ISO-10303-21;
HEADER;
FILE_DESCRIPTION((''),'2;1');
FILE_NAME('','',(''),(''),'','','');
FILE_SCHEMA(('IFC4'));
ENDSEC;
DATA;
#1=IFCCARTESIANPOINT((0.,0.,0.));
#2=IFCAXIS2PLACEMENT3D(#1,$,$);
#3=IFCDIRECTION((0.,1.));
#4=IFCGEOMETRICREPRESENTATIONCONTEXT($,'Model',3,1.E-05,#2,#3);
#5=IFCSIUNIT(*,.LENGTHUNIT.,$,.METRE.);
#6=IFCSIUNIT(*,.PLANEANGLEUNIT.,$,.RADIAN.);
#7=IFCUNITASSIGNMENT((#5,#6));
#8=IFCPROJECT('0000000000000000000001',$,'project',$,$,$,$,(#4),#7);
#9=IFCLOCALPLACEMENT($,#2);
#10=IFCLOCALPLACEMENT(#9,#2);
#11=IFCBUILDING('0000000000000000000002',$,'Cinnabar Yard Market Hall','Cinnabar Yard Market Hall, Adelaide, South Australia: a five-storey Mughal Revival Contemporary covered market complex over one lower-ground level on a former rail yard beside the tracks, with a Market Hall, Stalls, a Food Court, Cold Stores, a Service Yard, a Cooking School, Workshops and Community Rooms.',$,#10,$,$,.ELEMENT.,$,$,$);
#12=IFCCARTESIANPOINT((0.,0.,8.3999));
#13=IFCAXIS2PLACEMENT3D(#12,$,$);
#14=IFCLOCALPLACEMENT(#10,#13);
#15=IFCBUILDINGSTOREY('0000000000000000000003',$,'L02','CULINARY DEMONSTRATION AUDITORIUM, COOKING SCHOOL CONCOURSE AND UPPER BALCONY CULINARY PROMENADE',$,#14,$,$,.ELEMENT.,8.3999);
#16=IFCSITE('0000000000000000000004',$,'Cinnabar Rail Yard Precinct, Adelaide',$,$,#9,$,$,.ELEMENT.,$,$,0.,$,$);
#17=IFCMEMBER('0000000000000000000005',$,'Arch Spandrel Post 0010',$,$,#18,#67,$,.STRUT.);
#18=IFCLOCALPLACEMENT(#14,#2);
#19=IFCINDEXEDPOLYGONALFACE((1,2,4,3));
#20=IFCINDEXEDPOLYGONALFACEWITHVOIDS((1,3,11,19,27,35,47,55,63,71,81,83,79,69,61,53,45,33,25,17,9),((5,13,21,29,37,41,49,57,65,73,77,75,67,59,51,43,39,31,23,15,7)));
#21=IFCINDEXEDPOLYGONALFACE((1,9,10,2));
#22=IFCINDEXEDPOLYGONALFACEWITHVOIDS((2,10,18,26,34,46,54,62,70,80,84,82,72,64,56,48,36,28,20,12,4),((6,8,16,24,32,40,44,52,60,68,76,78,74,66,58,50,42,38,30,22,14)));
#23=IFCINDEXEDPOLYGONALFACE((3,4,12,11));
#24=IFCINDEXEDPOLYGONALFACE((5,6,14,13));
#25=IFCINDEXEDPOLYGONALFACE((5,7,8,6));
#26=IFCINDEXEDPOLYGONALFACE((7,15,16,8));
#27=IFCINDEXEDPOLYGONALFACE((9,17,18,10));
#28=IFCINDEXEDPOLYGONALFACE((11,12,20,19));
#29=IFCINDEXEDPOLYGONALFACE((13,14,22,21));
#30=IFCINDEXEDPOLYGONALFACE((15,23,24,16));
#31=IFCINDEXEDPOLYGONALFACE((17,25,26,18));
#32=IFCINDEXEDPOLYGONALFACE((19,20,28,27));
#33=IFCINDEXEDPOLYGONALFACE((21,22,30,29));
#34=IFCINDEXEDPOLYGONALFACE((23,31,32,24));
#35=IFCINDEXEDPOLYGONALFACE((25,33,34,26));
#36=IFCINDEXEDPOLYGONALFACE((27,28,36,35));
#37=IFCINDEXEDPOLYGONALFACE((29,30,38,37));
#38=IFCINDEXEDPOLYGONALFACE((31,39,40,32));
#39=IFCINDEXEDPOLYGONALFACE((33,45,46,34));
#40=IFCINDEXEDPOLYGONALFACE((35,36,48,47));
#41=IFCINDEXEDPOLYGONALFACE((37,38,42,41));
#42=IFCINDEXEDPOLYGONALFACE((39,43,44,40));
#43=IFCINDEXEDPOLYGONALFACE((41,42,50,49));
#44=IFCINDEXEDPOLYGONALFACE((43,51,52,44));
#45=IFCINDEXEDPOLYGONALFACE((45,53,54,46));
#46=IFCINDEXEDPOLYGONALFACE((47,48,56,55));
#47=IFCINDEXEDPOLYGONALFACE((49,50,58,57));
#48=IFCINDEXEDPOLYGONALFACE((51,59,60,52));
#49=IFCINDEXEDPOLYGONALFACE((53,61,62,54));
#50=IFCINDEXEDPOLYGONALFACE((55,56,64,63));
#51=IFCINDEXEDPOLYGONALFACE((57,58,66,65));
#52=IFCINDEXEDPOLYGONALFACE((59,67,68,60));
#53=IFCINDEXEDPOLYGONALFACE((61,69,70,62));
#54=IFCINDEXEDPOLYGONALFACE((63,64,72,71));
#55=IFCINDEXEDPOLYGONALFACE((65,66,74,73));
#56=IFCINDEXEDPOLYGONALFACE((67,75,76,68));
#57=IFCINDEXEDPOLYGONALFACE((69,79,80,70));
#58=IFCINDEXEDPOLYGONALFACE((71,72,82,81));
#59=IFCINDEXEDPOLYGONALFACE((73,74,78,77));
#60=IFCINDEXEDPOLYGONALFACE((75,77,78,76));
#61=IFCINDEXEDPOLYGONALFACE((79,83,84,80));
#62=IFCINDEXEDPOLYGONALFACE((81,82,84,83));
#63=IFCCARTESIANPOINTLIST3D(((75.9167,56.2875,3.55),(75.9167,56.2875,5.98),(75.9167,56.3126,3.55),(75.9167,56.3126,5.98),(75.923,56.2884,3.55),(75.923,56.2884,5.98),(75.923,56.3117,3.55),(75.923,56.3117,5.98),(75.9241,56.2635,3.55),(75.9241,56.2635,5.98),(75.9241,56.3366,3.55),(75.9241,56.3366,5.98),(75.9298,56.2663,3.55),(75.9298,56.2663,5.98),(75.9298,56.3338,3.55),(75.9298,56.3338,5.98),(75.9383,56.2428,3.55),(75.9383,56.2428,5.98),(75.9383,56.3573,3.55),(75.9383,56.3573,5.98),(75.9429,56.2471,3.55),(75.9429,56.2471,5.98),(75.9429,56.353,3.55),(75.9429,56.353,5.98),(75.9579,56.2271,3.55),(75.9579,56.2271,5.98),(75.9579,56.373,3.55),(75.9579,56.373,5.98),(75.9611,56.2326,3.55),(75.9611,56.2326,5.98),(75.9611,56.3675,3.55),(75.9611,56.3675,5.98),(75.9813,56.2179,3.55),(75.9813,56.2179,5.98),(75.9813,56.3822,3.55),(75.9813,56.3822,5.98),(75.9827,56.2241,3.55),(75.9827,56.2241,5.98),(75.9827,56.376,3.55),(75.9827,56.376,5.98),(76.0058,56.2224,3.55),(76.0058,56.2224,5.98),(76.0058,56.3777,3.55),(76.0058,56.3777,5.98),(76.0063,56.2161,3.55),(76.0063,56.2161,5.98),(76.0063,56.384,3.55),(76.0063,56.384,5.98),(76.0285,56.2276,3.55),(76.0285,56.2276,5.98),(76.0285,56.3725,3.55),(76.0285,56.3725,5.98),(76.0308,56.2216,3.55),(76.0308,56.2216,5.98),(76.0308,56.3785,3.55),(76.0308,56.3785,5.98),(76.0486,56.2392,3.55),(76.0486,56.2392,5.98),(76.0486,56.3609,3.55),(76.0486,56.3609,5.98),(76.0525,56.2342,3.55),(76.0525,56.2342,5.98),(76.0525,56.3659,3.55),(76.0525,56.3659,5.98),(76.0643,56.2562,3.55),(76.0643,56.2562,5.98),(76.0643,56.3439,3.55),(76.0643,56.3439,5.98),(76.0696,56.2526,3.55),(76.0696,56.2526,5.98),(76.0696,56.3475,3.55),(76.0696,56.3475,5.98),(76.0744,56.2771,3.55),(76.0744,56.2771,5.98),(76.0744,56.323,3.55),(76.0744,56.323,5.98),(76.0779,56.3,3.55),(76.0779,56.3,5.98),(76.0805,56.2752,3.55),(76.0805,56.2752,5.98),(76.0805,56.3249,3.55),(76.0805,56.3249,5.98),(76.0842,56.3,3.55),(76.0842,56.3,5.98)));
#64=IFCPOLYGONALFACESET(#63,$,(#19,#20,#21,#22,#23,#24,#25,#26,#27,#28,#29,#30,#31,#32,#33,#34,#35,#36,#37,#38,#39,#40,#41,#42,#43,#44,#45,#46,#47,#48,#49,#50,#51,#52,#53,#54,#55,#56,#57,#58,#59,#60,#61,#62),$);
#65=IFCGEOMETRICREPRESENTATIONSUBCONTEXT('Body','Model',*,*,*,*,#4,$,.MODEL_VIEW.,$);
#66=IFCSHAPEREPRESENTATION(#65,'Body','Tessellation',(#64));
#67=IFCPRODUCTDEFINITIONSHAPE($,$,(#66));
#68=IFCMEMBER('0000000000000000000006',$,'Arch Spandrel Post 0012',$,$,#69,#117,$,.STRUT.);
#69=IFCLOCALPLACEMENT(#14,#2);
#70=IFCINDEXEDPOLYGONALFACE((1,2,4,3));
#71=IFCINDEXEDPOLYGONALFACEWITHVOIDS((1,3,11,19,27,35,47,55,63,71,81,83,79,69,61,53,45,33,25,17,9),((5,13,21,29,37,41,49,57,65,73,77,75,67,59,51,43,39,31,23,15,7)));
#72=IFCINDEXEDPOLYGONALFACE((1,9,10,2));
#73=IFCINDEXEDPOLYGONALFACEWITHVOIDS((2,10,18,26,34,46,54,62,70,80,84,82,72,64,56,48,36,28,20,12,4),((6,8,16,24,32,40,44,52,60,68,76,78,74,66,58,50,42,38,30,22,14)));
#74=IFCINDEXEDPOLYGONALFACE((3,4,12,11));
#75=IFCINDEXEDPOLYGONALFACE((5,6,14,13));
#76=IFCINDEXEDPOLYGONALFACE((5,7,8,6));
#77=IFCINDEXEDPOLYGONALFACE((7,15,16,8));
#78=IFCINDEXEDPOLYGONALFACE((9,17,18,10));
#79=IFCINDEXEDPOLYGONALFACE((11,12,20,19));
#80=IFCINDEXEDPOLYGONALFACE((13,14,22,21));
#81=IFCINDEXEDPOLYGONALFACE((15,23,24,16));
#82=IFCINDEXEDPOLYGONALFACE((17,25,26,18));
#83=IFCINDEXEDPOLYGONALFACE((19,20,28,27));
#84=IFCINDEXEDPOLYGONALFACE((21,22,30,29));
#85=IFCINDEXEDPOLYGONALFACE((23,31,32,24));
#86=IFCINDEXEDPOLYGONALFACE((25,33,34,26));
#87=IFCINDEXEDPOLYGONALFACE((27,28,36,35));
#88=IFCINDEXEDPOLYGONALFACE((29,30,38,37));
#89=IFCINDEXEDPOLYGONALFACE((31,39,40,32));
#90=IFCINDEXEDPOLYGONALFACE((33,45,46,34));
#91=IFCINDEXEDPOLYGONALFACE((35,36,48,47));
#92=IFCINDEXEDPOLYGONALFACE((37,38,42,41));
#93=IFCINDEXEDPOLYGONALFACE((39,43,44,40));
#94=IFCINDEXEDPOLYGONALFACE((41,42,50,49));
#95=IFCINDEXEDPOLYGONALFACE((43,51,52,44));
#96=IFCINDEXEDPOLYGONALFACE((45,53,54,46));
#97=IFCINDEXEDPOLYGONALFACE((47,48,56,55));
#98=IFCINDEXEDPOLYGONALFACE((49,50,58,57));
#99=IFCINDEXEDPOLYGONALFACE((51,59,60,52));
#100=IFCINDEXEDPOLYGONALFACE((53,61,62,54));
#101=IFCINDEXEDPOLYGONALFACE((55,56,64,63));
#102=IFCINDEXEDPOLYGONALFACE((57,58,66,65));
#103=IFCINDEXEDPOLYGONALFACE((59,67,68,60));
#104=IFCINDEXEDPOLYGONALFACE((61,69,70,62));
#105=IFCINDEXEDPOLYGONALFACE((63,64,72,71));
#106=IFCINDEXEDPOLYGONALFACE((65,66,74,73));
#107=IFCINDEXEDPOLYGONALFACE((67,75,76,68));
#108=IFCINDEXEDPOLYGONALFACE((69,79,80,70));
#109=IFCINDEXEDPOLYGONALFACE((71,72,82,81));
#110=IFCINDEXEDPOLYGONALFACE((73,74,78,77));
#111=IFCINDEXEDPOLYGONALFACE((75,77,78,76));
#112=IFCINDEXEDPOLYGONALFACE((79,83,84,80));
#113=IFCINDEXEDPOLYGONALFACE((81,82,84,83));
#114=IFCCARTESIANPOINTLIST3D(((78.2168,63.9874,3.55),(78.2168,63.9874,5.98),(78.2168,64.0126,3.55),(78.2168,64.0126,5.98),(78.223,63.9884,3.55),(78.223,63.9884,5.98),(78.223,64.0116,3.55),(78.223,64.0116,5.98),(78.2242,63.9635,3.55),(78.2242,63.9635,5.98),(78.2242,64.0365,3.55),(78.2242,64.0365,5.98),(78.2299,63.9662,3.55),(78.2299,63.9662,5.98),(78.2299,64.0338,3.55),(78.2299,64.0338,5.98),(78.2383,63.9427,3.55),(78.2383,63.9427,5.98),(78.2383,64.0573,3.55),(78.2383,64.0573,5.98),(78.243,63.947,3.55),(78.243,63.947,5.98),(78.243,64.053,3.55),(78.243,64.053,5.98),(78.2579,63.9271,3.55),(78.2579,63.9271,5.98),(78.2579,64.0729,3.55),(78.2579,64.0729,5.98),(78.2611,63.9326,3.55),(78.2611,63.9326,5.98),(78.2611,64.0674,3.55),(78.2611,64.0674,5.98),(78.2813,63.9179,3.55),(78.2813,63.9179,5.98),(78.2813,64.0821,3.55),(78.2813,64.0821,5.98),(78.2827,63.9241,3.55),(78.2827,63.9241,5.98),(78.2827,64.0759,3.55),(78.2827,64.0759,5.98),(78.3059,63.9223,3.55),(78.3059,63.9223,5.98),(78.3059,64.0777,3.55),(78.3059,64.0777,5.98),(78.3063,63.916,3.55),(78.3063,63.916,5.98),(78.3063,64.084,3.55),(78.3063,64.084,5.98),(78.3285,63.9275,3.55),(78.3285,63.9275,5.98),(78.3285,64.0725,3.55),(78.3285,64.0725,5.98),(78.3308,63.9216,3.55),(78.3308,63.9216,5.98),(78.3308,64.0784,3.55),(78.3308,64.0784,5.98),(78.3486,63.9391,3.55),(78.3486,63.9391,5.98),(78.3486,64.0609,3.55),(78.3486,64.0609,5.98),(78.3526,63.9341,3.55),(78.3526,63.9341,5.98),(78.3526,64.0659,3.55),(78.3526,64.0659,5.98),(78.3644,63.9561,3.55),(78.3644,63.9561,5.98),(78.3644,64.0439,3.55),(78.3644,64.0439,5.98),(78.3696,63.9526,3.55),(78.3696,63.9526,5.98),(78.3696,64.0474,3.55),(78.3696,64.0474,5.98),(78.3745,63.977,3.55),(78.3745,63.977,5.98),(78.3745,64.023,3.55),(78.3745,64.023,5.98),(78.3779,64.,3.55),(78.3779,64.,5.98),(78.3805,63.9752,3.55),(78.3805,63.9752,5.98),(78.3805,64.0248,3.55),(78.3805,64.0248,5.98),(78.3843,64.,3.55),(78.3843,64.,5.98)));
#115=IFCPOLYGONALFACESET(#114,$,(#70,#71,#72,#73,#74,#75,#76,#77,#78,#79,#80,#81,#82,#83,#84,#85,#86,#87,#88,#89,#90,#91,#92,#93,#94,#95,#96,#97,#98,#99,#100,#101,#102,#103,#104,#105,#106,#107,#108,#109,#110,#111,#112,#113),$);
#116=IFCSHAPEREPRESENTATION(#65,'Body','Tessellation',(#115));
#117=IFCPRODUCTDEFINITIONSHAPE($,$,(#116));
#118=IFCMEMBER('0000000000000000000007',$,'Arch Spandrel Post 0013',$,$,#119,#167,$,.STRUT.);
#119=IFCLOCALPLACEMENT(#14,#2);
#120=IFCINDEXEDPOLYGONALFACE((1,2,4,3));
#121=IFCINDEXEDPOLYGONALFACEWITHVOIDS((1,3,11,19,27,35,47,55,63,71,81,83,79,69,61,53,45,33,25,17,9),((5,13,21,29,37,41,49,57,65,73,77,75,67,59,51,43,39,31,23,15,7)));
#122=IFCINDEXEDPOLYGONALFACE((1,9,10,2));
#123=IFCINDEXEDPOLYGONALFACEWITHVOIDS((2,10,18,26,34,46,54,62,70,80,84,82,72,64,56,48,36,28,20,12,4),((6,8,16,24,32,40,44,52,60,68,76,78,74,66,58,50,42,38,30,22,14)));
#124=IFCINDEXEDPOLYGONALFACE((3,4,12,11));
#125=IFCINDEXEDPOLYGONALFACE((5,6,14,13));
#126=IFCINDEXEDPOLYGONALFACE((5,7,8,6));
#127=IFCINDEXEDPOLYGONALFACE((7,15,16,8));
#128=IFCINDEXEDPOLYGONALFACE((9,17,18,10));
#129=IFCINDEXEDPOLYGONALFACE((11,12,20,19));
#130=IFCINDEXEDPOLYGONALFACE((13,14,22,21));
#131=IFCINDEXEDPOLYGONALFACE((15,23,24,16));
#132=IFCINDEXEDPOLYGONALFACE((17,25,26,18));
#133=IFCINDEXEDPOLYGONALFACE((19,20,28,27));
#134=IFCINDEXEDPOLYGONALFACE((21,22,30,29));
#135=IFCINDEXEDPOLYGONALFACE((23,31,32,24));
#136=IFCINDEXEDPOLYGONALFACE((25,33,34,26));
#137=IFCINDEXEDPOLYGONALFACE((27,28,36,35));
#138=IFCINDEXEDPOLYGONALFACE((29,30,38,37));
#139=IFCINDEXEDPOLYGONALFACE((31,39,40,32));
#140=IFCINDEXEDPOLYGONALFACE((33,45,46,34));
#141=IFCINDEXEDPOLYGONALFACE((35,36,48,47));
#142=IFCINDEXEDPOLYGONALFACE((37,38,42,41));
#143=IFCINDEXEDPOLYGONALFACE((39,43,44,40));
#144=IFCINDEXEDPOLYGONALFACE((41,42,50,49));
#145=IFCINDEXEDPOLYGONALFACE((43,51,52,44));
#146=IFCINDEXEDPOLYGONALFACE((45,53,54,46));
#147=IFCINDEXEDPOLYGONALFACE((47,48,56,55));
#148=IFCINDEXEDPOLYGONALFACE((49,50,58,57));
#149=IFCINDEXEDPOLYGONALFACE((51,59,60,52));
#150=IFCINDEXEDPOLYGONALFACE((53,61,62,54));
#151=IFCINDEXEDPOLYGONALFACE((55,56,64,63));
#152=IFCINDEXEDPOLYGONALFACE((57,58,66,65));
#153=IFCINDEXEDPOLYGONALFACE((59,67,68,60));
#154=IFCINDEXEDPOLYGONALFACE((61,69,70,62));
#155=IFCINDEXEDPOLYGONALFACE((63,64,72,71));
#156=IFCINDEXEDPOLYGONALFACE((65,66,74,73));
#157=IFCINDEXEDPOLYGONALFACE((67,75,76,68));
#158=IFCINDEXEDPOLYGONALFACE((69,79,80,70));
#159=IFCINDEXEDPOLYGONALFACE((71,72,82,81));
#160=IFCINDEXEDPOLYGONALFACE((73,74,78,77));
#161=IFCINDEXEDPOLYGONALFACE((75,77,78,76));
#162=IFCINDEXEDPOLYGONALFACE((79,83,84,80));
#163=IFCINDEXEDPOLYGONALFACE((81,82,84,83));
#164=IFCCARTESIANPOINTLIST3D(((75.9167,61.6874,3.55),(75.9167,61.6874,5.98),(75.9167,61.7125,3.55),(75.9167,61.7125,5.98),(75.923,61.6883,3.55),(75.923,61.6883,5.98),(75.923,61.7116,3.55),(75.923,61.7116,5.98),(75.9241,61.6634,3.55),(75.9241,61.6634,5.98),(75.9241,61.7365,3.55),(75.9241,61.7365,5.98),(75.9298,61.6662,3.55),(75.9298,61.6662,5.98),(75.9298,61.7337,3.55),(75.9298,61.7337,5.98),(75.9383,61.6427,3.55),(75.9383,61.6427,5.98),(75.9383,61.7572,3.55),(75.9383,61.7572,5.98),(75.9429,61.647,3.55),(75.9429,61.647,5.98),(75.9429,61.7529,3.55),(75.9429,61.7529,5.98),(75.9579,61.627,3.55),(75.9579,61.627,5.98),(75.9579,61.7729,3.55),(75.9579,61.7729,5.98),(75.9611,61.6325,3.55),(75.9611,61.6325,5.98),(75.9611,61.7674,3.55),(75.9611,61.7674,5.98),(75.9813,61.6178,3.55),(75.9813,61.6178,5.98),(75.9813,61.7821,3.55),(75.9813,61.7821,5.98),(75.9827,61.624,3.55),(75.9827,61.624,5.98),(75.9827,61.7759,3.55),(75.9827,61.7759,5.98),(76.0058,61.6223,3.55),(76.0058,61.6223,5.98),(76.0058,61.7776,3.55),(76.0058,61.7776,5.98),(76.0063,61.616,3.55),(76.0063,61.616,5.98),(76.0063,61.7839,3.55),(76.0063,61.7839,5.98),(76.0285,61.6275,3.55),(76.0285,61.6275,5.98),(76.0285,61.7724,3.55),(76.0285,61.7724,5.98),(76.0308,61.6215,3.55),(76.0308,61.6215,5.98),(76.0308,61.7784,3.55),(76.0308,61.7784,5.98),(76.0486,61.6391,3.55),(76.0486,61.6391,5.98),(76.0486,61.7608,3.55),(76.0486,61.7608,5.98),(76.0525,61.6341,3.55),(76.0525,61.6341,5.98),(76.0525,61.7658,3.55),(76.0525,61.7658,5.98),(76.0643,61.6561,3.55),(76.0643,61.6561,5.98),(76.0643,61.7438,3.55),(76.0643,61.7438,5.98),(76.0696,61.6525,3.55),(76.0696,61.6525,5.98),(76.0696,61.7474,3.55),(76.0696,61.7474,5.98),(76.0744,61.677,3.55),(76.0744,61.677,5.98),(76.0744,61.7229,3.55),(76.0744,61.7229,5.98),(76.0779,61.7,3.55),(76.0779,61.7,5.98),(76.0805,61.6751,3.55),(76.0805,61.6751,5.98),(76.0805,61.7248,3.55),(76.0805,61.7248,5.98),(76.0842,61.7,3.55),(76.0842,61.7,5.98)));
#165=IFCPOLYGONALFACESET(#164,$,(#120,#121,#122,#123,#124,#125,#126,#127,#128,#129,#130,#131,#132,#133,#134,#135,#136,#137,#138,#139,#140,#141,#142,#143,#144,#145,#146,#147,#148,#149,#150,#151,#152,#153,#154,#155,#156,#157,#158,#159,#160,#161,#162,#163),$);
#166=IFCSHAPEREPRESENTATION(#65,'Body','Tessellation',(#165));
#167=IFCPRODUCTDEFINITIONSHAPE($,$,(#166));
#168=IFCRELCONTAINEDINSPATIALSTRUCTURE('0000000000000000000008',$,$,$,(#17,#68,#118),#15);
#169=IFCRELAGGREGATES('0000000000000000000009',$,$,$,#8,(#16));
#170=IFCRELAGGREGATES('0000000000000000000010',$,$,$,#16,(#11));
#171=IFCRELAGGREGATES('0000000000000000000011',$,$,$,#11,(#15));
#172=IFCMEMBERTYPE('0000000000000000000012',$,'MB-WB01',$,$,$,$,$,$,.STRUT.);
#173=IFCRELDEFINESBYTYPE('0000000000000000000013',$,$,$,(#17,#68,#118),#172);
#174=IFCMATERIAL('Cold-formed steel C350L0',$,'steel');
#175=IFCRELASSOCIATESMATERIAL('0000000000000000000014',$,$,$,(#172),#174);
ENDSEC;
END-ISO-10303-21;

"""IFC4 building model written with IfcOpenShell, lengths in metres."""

from ifc_helpers import new_model, si_unit, direction, frame, origin, origin_2d_with_axis, place, context, subcontext, project, spatial, hollow_circle, extrude, material, material_profile, profile_set, type_object, element, save


model = new_model("IFC4")

# Units and contexts
model_context = context("Model", 3, precision=1e-05, world=origin(), true_north=direction((0.0, 1.0)))
body_context = subcontext(model_context, "Body", "Model", "MODEL_VIEW")
ifc_project = project(units=[si_unit("LENGTHUNIT", "METRE"), si_unit("PLANEANGLEUNIT", "RADIAN")], contexts=[model_context])

# Site, building, storey
site_placement = place(None, origin())
site = spatial("IfcSite", under=ifc_project, at=site_placement, Name="Cinnabar Rail Yard Precinct, Adelaide", CompositionType="ELEMENT", RefElevation=0.0)
building_placement = place(site_placement, origin())
building = spatial("IfcBuilding", under=site, at=building_placement, Name="Cinnabar Yard Market Hall", Description="Cinnabar Yard Market Hall, Adelaide, South Australia: a five-storey Mughal Revival Contemporary covered market complex over one lower-ground level on a former rail yard beside the tracks, with a Market Hall, Stalls, a Food Court, Cold Stores, a Service Yard, a Cooking School, Workshops and Community Rooms.", CompositionType="ELEMENT")
storey_placement = place(building_placement, frame((0.0, 0.0, 8.3999)))
storey = spatial("IfcBuildingStorey", under=building, at=storey_placement, Name="L02", Description="CULINARY DEMONSTRATION AUDITORIUM, COOKING SCHOOL CONCOURSE AND UPPER BALCONY CULINARY PROMENADE", CompositionType="ELEMENT", Elevation=8.3999)

# Members
ifc_material_1 = material(Name="Cold-formed steel C350L0", Category="steel")
ifc_material_profile_1 = material_profile(ifc_material_1, hollow_circle(Radius=0.0842, WallThickness=0.0063, at=origin_2d_with_axis()), Name="168.3x6.4CHS")
ifc_profile_set_1 = profile_set([ifc_material_profile_1], Name="Cold-formed steel C350L0")
member_type_1 = type_object("IfcMemberType", Name="MB-WB01", PredefinedType="STRUT", material=ifc_profile_set_1)
for number, where, z_axis, x_axis, name in (
    (1, (76.0, 56.3, 3.55), (0.0, 0.0, 1.0), (1.0, 0.0, 0.0), "Arch Spandrel Post 0010"),
    (2, (78.3, 64.0, 3.55), (0.0, 0.0, 1.0), (1.0, 0.0, 0.0), "Arch Spandrel Post 0012"),
    (3, (76.0, 61.7, 3.55), (0.0, 0.0, 1.0), (1.0, 0.0, 0.0), "Arch Spandrel Post 0013"),
):
    element("IfcMember", number, at=place(storey_placement, frame(where, z_axis=z_axis, x_axis=x_axis)), inside=storey, type_object=member_type_1, Name=name, PredefinedType="STRUT", context=body_context, shape_type="SweptSolid", body=[
        extrude(hollow_circle(Radius=0.0842, WallThickness=0.0063, at=origin_2d_with_axis()), origin(), (0.0, 0.0, 1.0), 2.4299),
    ])

save(model, "model.ifc")
